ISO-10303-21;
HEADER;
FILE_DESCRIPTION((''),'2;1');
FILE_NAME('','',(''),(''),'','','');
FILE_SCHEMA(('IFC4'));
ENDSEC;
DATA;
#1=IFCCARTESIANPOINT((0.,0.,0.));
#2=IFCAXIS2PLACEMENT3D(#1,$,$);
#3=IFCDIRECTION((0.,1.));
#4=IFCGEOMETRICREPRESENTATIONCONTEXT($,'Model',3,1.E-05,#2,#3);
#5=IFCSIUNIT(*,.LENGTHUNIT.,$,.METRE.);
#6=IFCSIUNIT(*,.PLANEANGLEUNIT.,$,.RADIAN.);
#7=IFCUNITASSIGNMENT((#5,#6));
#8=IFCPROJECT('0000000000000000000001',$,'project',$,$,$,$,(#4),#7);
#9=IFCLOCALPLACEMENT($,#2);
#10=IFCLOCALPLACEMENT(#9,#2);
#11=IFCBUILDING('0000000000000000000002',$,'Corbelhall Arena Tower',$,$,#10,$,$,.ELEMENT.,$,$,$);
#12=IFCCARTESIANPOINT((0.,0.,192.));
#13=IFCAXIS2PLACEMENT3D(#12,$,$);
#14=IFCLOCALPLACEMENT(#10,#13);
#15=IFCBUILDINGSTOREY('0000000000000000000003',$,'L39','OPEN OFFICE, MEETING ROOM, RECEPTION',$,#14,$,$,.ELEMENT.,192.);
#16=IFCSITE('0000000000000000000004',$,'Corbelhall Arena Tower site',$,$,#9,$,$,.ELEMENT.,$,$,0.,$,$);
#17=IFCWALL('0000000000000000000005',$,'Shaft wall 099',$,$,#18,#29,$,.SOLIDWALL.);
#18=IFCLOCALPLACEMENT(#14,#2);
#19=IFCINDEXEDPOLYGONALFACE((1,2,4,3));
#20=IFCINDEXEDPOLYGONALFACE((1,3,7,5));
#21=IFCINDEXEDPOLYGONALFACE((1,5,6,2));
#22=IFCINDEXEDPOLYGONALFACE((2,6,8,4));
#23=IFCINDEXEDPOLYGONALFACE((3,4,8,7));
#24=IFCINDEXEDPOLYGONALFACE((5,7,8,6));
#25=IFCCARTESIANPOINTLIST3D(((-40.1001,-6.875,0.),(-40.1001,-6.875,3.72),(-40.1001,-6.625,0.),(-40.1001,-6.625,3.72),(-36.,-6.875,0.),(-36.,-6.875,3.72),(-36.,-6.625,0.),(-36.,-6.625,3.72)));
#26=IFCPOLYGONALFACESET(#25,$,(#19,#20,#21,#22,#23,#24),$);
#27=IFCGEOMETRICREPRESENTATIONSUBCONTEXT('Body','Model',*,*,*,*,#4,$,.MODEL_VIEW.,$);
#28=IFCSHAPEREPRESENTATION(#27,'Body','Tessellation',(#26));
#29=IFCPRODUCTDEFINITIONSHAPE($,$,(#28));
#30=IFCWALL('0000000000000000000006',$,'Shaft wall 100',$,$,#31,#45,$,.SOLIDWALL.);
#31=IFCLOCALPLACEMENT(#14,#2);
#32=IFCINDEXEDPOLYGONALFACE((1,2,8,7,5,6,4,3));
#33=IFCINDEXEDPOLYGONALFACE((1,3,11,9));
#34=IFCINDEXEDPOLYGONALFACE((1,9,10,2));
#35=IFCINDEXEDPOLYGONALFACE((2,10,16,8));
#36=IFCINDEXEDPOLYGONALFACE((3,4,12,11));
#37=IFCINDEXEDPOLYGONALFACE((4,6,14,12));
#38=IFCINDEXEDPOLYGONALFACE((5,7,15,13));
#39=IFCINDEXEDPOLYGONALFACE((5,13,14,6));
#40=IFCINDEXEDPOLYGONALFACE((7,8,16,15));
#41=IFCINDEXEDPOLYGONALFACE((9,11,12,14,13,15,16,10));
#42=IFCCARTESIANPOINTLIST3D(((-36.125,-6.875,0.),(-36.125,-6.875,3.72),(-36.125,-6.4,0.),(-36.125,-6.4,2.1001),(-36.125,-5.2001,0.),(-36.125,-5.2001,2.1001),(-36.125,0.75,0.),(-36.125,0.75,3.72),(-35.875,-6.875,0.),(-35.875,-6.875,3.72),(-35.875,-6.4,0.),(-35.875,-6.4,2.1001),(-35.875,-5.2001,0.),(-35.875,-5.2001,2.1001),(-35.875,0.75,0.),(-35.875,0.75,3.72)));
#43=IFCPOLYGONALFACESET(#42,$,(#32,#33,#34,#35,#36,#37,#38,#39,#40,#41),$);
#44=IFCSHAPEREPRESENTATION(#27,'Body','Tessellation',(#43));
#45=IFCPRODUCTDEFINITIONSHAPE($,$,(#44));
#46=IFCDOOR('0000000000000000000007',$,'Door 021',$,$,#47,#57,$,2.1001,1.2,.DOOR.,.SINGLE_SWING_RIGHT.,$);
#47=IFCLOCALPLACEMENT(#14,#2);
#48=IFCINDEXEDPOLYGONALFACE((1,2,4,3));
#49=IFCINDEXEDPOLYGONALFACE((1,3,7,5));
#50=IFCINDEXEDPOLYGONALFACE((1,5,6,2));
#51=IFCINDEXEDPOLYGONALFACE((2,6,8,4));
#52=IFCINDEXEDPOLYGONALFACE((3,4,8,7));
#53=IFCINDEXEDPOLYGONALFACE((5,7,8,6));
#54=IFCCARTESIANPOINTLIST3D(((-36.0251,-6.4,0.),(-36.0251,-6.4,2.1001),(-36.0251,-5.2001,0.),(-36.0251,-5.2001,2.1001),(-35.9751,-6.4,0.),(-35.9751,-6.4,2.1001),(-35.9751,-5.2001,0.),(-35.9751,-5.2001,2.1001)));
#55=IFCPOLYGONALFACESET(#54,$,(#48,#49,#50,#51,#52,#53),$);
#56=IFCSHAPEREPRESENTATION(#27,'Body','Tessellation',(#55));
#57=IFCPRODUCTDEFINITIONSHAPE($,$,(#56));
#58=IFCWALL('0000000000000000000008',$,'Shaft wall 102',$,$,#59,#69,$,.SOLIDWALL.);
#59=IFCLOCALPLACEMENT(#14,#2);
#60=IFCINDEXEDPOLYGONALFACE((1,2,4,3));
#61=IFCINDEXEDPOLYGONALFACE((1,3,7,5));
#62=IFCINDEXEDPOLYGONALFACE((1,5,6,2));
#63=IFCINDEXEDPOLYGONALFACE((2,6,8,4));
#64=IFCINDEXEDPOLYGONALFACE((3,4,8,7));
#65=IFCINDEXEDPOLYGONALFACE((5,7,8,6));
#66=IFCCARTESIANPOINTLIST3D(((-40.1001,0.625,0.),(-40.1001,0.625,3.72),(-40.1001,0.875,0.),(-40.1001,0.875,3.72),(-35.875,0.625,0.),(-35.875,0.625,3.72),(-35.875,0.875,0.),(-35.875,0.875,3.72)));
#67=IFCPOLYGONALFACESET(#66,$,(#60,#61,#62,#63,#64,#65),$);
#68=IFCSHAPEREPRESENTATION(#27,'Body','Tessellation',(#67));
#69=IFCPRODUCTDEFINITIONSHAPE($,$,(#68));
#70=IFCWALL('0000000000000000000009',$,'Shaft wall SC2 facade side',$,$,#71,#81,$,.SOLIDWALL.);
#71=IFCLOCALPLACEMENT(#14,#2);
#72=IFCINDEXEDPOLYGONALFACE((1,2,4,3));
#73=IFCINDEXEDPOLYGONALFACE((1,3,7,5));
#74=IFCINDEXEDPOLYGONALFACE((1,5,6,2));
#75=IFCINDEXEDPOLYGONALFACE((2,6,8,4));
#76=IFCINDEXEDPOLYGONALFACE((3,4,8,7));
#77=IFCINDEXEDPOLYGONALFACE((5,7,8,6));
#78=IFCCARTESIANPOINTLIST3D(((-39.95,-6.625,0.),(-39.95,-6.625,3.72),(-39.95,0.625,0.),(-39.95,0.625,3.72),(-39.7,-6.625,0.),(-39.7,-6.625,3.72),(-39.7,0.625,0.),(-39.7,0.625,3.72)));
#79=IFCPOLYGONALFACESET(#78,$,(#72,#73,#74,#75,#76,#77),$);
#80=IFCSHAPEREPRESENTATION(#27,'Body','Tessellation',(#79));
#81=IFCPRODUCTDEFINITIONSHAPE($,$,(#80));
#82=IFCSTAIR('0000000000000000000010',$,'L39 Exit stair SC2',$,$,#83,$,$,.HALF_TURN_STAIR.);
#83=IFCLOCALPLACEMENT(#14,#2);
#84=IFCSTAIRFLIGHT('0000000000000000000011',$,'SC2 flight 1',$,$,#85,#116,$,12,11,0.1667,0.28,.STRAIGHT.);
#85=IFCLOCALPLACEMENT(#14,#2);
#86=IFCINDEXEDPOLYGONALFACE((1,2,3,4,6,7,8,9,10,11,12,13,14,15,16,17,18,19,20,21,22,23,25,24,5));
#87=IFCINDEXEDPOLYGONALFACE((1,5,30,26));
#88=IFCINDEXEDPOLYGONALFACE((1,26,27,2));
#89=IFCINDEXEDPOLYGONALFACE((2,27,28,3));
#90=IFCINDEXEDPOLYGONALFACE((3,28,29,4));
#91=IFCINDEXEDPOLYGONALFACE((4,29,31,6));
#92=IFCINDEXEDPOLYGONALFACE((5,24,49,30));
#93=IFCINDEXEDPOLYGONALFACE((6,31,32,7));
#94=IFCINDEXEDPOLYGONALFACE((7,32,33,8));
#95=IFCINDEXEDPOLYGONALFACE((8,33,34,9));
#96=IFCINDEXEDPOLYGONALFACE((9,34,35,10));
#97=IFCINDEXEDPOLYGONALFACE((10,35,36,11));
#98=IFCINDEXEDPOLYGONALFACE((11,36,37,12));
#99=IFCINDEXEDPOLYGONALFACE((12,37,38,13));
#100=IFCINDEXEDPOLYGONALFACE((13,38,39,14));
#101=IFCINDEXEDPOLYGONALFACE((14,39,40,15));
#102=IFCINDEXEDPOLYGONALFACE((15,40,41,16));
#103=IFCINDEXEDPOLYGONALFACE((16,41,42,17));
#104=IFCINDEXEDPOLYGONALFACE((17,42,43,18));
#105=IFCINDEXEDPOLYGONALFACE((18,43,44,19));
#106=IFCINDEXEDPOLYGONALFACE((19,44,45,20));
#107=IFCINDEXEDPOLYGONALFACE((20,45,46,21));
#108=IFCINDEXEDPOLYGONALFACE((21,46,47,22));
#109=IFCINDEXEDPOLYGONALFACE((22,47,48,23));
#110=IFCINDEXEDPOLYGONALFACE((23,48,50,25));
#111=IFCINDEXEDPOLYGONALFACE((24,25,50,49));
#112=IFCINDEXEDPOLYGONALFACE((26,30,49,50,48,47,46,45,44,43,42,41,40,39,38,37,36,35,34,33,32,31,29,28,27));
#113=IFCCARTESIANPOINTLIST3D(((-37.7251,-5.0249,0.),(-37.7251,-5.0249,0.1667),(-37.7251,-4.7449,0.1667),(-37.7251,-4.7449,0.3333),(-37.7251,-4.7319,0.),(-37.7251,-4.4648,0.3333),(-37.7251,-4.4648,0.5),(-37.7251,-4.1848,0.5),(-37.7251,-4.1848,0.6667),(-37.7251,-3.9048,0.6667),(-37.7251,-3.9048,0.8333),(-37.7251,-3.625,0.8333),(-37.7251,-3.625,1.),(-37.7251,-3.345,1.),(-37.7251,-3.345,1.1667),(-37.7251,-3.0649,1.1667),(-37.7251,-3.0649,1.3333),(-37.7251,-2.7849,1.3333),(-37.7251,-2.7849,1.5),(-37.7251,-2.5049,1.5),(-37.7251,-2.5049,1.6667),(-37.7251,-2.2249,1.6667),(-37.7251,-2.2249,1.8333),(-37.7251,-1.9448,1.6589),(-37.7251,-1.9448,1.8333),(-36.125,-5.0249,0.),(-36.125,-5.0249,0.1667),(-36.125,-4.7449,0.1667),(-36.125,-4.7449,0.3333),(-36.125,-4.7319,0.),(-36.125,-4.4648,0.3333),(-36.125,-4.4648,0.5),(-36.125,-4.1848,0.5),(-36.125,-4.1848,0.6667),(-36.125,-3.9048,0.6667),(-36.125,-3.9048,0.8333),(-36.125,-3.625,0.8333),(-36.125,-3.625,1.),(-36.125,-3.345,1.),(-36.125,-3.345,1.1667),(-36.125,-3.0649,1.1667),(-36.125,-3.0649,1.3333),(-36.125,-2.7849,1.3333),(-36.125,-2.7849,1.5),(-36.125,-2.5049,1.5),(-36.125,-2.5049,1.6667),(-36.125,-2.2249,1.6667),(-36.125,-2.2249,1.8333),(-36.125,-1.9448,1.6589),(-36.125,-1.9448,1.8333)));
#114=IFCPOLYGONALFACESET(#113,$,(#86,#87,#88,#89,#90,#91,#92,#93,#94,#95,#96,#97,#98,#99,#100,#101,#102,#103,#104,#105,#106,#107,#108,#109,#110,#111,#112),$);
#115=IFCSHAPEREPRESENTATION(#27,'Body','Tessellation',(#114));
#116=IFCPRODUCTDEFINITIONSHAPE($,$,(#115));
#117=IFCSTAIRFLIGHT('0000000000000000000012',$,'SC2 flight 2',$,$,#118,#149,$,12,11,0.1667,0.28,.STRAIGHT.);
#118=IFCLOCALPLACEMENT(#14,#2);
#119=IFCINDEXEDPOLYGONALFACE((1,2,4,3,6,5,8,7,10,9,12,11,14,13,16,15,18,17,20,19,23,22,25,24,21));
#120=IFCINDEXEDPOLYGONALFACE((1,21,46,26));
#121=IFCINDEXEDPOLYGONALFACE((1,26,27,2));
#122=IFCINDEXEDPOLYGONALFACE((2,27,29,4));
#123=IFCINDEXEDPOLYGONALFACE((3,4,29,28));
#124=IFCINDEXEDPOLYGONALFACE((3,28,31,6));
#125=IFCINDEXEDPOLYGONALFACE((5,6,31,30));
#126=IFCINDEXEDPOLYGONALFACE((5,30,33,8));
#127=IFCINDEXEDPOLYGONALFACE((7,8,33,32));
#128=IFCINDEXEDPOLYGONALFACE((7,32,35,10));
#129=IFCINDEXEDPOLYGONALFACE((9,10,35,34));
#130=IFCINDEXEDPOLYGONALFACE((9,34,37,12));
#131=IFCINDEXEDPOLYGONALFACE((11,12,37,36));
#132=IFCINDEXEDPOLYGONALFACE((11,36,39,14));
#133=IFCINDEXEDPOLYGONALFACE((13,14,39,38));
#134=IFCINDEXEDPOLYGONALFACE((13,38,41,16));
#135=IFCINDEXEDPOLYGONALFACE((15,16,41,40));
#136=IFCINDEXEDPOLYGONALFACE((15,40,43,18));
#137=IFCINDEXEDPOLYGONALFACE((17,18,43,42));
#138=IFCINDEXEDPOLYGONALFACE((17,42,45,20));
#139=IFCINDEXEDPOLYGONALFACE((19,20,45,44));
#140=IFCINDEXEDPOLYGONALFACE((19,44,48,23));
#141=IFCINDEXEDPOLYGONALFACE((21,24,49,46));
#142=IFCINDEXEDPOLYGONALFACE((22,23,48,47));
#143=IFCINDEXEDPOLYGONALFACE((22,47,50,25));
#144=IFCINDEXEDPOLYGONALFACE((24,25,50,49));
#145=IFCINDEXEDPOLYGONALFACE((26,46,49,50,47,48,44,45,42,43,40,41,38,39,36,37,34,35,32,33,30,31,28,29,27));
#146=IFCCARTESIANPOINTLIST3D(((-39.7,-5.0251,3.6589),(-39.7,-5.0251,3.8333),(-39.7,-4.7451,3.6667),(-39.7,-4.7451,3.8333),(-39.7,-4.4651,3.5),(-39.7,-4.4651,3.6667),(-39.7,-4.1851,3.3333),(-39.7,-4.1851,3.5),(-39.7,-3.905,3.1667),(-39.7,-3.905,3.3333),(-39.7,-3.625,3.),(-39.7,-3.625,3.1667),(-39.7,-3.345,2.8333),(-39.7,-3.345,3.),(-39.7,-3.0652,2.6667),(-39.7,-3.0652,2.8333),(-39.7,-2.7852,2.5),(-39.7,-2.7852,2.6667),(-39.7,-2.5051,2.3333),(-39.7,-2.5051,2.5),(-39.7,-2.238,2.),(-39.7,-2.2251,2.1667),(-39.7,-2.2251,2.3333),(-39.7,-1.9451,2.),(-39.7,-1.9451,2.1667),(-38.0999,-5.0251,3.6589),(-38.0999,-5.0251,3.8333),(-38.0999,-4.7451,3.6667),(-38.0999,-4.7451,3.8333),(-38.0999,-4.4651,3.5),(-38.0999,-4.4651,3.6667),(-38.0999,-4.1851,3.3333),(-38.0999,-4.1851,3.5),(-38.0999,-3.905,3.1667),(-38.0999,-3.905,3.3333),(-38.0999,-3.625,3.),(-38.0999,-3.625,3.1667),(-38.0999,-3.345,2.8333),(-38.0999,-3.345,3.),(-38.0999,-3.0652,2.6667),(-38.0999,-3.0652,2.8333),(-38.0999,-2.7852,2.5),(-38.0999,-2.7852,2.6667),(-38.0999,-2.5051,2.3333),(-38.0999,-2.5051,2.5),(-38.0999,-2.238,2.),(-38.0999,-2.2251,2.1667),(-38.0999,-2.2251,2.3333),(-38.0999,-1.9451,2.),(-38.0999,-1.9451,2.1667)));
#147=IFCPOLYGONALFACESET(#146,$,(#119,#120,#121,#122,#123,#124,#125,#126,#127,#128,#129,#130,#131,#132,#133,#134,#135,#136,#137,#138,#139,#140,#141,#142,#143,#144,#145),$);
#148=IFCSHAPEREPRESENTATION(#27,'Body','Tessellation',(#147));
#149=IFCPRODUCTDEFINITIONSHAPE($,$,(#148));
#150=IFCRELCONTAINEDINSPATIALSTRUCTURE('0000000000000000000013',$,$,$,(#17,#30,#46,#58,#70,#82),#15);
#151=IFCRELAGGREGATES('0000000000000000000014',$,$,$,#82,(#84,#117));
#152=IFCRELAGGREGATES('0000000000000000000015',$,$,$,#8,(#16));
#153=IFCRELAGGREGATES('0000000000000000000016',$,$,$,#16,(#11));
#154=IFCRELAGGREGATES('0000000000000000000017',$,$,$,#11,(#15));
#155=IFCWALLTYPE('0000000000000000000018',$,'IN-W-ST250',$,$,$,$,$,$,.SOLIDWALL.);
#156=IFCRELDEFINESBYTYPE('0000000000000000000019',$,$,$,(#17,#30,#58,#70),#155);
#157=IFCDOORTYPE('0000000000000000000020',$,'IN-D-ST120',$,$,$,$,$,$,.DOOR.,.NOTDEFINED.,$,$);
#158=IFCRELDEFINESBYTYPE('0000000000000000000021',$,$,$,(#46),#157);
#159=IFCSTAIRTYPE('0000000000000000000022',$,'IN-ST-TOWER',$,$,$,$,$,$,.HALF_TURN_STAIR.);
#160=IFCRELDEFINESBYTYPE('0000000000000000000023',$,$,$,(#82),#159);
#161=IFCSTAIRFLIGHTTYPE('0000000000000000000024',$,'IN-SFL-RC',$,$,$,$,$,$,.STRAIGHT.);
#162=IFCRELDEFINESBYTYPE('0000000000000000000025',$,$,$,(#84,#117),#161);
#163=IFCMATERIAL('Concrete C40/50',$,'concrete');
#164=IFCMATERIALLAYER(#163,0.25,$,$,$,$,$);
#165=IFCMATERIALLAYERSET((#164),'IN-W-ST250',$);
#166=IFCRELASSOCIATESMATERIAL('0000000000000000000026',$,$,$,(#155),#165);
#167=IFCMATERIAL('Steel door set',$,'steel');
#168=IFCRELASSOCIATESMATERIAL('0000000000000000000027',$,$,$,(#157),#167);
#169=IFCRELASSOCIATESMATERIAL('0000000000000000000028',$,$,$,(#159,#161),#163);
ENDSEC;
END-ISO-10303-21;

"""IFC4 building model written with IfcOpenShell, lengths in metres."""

from ifc_helpers import new_model, si_unit, direction, frame, frame_2d, origin, place, context, subcontext, project, spatial, polyline, rectangle, outline, extrude, material, layer, layer_set, type_object, element, fill, aggregate, save


model = new_model("IFC4")

# Units and contexts
model_context = context("Model", 3, precision=1e-05, world=origin(), true_north=direction((0.0, 1.0)))
body_context = subcontext(model_context, "Body", "Model", "MODEL_VIEW")
ifc_project = project(units=[si_unit("LENGTHUNIT", "METRE"), si_unit("PLANEANGLEUNIT", "RADIAN")], contexts=[model_context])

# Site, building, storey
site_placement = place(None, origin())
site = spatial("IfcSite", under=ifc_project, at=site_placement, Name="Corbelhall Arena Tower site", CompositionType="ELEMENT", RefElevation=0.0)
building_placement = place(site_placement, origin())
building = spatial("IfcBuilding", under=site, at=building_placement, Name="Corbelhall Arena Tower", CompositionType="ELEMENT")
storey_placement = place(building_placement, frame((0.0, 0.0, 192.0)))
storey = spatial("IfcBuildingStorey", under=building, at=storey_placement, Name="L39", Description="OPEN OFFICE, MEETING ROOM, RECEPTION", CompositionType="ELEMENT", Elevation=192.0)

# Shared definitions
ifc_material_1 = material(Name="Steel door set", Category="steel")

# Wall
ifc_material_2 = material(Name="Concrete C40/50", Category="concrete")
ifc_layer_1 = layer(ifc_material_2, 0.25)
ifc_layer_set_1 = layer_set([ifc_layer_1], Name="IN-W-ST250")
wall_type_1 = type_object("IfcWallType", Name="IN-W-ST250", PredefinedType="SOLIDWALL", material=ifc_layer_set_1)
wall_1_placement = place(storey_placement, frame((-36.0, -6.75, 0.0), z_axis=(0.0, 0.0, 1.0), x_axis=(-1.0, 0.0, 0.0)))
element("IfcWall", 1, at=wall_1_placement, inside=storey, type_object=wall_type_1, Name="Shaft wall 099", PredefinedType="SOLIDWALL", context=body_context, shape_type="SweptSolid", body=[
    extrude(rectangle(XDim=4.1001, YDim=0.25, at=frame_2d((2.05, 0.0))), origin(), (0.0, 0.0, 1.0), 3.72),
])

# Wall, opening, door
wall_2_placement = place(storey_placement, frame((-36.0, 0.75, 0.0), z_axis=(0.0, 0.0, 1.0), x_axis=(0.0, -1.0, 0.0)))
wall_2 = element("IfcWall", 2, at=wall_2_placement, inside=storey, type_object=wall_type_1, Name="Shaft wall 100", PredefinedType="SOLIDWALL", context=body_context, shape_type="SweptSolid", body=[
    extrude(rectangle(XDim=7.625, YDim=0.25, at=frame_2d((3.8125, 0.0))), origin(), (0.0, 0.0, 1.0), 3.72),
])
opening_1_placement = place(wall_2_placement, frame((5.95, 0.0, 0.0)))
opening_1 = element("IfcOpeningElement", 3, at=opening_1_placement, cuts=wall_2, PredefinedType="OPENING", context=body_context, shape_type="SweptSolid", body=[
    extrude(rectangle(XDim=1.2, YDim=2.1001, at=frame_2d((0.6001, 1.05))), frame((0.0, 0.125, 0.0), z_axis=(0.0, -1.0, 0.0), x_axis=(1.0, 0.0, 0.0)), (0.0, 0.0, 1.0), 0.25),
])
door_type_1 = type_object("IfcDoorType", Name="IN-D-ST120", OperationType="NOTDEFINED", PredefinedType="DOOR", material=ifc_material_1)
door_1_placement = place(opening_1_placement, origin())
door_1 = element("IfcDoor", 4, at=door_1_placement, inside=storey, type_object=door_type_1, Name="Door 021", OperationType="SINGLE_SWING_RIGHT", OverallHeight=2.1001, OverallWidth=1.2, PredefinedType="DOOR", context=body_context, shape_type="SweptSolid", body=[
    extrude(rectangle(XDim=1.2, YDim=2.1001, at=frame_2d((0.6001, 1.05))), frame((0.0, 0.0249, 0.0), z_axis=(0.0, -1.0, 0.0), x_axis=(1.0, 0.0, 0.0)), (0.0, 0.0, 1.0), 0.05),
])
fill(opening_1, door_1)

# Walls
wall_3_placement = place(storey_placement, frame((-35.875, 0.75, 0.0), z_axis=(0.0, 0.0, 1.0), x_axis=(-1.0, 0.0, 0.0)))
element("IfcWall", 5, at=wall_3_placement, inside=storey, type_object=wall_type_1, Name="Shaft wall 102", PredefinedType="SOLIDWALL", context=body_context, shape_type="SweptSolid", body=[
    extrude(rectangle(XDim=4.2251, YDim=0.25, at=frame_2d((2.1125, 0.0))), origin(), (0.0, 0.0, 1.0), 3.72),
])
wall_4_placement = place(storey_placement, frame((-39.825, -6.625, 0.0), z_axis=(0.0, 0.0, 1.0), x_axis=(0.0, 1.0, 0.0)))
element("IfcWall", 6, at=wall_4_placement, inside=storey, type_object=wall_type_1, Name="Shaft wall SC2 facade side", PredefinedType="SOLIDWALL", context=body_context, shape_type="SweptSolid", body=[
    extrude(rectangle(XDim=7.25, YDim=0.25, at=frame_2d((3.625, 0.0))), origin(), (0.0, 0.0, 1.0), 3.72),
])

# Stair, stair flights
stair_type = type_object("IfcStairType", Name="IN-ST-TOWER", PredefinedType="HALF_TURN_STAIR", material=ifc_material_2)
stair_placement = place(storey_placement, origin())
stair = element("IfcStair", 7, at=stair_placement, inside=storey, type_object=stair_type, Name="L39 Exit stair SC2", PredefinedType="HALF_TURN_STAIR")
stair_flight_type = type_object("IfcStairFlightType", Name="IN-SFL-RC", PredefinedType="STRAIGHT", material=ifc_material_2)
stair_flight_1_placement = place(storey_placement, frame((-36.925, -5.0249, 0.0), z_axis=(0.0, 0.0, 1.0), x_axis=(0.0, 1.0, 0.0)))
stair_flight_1 = element("IfcStairFlight", 8, at=stair_flight_1_placement, type_object=stair_flight_type, Name="SC2 flight 1", NumberOfRisers=12, NumberOfTreads=11, PredefinedType="STRAIGHT", RiserHeight=0.1667, TreadLength=0.28, context=body_context, shape_type="SweptSolid", body=[
    extrude(outline(polyline([(0.0, 0.0), (0.0, 0.1667), (0.28, 0.1667), (0.28, 0.3333), (0.5601, 0.3333), (0.5601, 0.5), (0.8401, 0.5), (0.8401, 0.6667), (1.1201, 0.6667), (1.1201, 0.8333), (1.3999, 0.8333), (1.3999, 1.0), (1.6799, 1.0), (1.6799, 1.1667), (1.96, 1.1667), (1.96, 1.3333), (2.24, 1.3333), (2.24, 1.5), (2.52, 1.5), (2.52, 1.6667), (2.8, 1.6667), (2.8, 1.8333), (3.0801, 1.8333), (3.0801, 2.0), (3.0801, 1.6589), (0.293, 0.0), (0.0, 0.0)])), frame((0.0, 0.8, 0.0), z_axis=(0.0, -1.0, 0.0), x_axis=(1.0, 0.0, 0.0)), (0.0, 0.0, 1.0), 1.6001),
])
stair_flight_2_placement = place(storey_placement, frame((-38.8999, -1.9451, 2.0), z_axis=(0.0, 0.0, 1.0), x_axis=(0.0, -1.0, 0.0)))
stair_flight_2 = element("IfcStairFlight", 9, at=stair_flight_2_placement, type_object=stair_flight_type, Name="SC2 flight 2", NumberOfRisers=12, NumberOfTreads=11, PredefinedType="STRAIGHT", RiserHeight=0.1667, TreadLength=0.28, context=body_context, shape_type="SweptSolid", body=[
    extrude(outline(polyline([(0.0, 0.0), (0.0, 0.1667), (0.28, 0.1667), (0.28, 0.3333), (0.5601, 0.3333), (0.5601, 0.5), (0.8401, 0.5), (0.8401, 0.6667), (1.1201, 0.6667), (1.1201, 0.8333), (1.3999, 0.8333), (1.3999, 1.0), (1.6799, 1.0), (1.6799, 1.1667), (1.96, 1.1667), (1.96, 1.3333), (2.24, 1.3333), (2.24, 1.5), (2.52, 1.5), (2.52, 1.6667), (2.8, 1.6667), (2.8, 1.8333), (3.0801, 1.8333), (3.0801, 2.0), (3.0801, 1.6589), (0.293, 0.0), (0.0, 0.0)])), frame((0.0, 0.8, 0.0), z_axis=(0.0, -1.0, 0.0), x_axis=(1.0, 0.0, 0.0)), (0.0, 0.0, 1.0), 1.6001),
])
aggregate(stair, [stair_flight_1, stair_flight_2])

save(model, "model.ifc")
